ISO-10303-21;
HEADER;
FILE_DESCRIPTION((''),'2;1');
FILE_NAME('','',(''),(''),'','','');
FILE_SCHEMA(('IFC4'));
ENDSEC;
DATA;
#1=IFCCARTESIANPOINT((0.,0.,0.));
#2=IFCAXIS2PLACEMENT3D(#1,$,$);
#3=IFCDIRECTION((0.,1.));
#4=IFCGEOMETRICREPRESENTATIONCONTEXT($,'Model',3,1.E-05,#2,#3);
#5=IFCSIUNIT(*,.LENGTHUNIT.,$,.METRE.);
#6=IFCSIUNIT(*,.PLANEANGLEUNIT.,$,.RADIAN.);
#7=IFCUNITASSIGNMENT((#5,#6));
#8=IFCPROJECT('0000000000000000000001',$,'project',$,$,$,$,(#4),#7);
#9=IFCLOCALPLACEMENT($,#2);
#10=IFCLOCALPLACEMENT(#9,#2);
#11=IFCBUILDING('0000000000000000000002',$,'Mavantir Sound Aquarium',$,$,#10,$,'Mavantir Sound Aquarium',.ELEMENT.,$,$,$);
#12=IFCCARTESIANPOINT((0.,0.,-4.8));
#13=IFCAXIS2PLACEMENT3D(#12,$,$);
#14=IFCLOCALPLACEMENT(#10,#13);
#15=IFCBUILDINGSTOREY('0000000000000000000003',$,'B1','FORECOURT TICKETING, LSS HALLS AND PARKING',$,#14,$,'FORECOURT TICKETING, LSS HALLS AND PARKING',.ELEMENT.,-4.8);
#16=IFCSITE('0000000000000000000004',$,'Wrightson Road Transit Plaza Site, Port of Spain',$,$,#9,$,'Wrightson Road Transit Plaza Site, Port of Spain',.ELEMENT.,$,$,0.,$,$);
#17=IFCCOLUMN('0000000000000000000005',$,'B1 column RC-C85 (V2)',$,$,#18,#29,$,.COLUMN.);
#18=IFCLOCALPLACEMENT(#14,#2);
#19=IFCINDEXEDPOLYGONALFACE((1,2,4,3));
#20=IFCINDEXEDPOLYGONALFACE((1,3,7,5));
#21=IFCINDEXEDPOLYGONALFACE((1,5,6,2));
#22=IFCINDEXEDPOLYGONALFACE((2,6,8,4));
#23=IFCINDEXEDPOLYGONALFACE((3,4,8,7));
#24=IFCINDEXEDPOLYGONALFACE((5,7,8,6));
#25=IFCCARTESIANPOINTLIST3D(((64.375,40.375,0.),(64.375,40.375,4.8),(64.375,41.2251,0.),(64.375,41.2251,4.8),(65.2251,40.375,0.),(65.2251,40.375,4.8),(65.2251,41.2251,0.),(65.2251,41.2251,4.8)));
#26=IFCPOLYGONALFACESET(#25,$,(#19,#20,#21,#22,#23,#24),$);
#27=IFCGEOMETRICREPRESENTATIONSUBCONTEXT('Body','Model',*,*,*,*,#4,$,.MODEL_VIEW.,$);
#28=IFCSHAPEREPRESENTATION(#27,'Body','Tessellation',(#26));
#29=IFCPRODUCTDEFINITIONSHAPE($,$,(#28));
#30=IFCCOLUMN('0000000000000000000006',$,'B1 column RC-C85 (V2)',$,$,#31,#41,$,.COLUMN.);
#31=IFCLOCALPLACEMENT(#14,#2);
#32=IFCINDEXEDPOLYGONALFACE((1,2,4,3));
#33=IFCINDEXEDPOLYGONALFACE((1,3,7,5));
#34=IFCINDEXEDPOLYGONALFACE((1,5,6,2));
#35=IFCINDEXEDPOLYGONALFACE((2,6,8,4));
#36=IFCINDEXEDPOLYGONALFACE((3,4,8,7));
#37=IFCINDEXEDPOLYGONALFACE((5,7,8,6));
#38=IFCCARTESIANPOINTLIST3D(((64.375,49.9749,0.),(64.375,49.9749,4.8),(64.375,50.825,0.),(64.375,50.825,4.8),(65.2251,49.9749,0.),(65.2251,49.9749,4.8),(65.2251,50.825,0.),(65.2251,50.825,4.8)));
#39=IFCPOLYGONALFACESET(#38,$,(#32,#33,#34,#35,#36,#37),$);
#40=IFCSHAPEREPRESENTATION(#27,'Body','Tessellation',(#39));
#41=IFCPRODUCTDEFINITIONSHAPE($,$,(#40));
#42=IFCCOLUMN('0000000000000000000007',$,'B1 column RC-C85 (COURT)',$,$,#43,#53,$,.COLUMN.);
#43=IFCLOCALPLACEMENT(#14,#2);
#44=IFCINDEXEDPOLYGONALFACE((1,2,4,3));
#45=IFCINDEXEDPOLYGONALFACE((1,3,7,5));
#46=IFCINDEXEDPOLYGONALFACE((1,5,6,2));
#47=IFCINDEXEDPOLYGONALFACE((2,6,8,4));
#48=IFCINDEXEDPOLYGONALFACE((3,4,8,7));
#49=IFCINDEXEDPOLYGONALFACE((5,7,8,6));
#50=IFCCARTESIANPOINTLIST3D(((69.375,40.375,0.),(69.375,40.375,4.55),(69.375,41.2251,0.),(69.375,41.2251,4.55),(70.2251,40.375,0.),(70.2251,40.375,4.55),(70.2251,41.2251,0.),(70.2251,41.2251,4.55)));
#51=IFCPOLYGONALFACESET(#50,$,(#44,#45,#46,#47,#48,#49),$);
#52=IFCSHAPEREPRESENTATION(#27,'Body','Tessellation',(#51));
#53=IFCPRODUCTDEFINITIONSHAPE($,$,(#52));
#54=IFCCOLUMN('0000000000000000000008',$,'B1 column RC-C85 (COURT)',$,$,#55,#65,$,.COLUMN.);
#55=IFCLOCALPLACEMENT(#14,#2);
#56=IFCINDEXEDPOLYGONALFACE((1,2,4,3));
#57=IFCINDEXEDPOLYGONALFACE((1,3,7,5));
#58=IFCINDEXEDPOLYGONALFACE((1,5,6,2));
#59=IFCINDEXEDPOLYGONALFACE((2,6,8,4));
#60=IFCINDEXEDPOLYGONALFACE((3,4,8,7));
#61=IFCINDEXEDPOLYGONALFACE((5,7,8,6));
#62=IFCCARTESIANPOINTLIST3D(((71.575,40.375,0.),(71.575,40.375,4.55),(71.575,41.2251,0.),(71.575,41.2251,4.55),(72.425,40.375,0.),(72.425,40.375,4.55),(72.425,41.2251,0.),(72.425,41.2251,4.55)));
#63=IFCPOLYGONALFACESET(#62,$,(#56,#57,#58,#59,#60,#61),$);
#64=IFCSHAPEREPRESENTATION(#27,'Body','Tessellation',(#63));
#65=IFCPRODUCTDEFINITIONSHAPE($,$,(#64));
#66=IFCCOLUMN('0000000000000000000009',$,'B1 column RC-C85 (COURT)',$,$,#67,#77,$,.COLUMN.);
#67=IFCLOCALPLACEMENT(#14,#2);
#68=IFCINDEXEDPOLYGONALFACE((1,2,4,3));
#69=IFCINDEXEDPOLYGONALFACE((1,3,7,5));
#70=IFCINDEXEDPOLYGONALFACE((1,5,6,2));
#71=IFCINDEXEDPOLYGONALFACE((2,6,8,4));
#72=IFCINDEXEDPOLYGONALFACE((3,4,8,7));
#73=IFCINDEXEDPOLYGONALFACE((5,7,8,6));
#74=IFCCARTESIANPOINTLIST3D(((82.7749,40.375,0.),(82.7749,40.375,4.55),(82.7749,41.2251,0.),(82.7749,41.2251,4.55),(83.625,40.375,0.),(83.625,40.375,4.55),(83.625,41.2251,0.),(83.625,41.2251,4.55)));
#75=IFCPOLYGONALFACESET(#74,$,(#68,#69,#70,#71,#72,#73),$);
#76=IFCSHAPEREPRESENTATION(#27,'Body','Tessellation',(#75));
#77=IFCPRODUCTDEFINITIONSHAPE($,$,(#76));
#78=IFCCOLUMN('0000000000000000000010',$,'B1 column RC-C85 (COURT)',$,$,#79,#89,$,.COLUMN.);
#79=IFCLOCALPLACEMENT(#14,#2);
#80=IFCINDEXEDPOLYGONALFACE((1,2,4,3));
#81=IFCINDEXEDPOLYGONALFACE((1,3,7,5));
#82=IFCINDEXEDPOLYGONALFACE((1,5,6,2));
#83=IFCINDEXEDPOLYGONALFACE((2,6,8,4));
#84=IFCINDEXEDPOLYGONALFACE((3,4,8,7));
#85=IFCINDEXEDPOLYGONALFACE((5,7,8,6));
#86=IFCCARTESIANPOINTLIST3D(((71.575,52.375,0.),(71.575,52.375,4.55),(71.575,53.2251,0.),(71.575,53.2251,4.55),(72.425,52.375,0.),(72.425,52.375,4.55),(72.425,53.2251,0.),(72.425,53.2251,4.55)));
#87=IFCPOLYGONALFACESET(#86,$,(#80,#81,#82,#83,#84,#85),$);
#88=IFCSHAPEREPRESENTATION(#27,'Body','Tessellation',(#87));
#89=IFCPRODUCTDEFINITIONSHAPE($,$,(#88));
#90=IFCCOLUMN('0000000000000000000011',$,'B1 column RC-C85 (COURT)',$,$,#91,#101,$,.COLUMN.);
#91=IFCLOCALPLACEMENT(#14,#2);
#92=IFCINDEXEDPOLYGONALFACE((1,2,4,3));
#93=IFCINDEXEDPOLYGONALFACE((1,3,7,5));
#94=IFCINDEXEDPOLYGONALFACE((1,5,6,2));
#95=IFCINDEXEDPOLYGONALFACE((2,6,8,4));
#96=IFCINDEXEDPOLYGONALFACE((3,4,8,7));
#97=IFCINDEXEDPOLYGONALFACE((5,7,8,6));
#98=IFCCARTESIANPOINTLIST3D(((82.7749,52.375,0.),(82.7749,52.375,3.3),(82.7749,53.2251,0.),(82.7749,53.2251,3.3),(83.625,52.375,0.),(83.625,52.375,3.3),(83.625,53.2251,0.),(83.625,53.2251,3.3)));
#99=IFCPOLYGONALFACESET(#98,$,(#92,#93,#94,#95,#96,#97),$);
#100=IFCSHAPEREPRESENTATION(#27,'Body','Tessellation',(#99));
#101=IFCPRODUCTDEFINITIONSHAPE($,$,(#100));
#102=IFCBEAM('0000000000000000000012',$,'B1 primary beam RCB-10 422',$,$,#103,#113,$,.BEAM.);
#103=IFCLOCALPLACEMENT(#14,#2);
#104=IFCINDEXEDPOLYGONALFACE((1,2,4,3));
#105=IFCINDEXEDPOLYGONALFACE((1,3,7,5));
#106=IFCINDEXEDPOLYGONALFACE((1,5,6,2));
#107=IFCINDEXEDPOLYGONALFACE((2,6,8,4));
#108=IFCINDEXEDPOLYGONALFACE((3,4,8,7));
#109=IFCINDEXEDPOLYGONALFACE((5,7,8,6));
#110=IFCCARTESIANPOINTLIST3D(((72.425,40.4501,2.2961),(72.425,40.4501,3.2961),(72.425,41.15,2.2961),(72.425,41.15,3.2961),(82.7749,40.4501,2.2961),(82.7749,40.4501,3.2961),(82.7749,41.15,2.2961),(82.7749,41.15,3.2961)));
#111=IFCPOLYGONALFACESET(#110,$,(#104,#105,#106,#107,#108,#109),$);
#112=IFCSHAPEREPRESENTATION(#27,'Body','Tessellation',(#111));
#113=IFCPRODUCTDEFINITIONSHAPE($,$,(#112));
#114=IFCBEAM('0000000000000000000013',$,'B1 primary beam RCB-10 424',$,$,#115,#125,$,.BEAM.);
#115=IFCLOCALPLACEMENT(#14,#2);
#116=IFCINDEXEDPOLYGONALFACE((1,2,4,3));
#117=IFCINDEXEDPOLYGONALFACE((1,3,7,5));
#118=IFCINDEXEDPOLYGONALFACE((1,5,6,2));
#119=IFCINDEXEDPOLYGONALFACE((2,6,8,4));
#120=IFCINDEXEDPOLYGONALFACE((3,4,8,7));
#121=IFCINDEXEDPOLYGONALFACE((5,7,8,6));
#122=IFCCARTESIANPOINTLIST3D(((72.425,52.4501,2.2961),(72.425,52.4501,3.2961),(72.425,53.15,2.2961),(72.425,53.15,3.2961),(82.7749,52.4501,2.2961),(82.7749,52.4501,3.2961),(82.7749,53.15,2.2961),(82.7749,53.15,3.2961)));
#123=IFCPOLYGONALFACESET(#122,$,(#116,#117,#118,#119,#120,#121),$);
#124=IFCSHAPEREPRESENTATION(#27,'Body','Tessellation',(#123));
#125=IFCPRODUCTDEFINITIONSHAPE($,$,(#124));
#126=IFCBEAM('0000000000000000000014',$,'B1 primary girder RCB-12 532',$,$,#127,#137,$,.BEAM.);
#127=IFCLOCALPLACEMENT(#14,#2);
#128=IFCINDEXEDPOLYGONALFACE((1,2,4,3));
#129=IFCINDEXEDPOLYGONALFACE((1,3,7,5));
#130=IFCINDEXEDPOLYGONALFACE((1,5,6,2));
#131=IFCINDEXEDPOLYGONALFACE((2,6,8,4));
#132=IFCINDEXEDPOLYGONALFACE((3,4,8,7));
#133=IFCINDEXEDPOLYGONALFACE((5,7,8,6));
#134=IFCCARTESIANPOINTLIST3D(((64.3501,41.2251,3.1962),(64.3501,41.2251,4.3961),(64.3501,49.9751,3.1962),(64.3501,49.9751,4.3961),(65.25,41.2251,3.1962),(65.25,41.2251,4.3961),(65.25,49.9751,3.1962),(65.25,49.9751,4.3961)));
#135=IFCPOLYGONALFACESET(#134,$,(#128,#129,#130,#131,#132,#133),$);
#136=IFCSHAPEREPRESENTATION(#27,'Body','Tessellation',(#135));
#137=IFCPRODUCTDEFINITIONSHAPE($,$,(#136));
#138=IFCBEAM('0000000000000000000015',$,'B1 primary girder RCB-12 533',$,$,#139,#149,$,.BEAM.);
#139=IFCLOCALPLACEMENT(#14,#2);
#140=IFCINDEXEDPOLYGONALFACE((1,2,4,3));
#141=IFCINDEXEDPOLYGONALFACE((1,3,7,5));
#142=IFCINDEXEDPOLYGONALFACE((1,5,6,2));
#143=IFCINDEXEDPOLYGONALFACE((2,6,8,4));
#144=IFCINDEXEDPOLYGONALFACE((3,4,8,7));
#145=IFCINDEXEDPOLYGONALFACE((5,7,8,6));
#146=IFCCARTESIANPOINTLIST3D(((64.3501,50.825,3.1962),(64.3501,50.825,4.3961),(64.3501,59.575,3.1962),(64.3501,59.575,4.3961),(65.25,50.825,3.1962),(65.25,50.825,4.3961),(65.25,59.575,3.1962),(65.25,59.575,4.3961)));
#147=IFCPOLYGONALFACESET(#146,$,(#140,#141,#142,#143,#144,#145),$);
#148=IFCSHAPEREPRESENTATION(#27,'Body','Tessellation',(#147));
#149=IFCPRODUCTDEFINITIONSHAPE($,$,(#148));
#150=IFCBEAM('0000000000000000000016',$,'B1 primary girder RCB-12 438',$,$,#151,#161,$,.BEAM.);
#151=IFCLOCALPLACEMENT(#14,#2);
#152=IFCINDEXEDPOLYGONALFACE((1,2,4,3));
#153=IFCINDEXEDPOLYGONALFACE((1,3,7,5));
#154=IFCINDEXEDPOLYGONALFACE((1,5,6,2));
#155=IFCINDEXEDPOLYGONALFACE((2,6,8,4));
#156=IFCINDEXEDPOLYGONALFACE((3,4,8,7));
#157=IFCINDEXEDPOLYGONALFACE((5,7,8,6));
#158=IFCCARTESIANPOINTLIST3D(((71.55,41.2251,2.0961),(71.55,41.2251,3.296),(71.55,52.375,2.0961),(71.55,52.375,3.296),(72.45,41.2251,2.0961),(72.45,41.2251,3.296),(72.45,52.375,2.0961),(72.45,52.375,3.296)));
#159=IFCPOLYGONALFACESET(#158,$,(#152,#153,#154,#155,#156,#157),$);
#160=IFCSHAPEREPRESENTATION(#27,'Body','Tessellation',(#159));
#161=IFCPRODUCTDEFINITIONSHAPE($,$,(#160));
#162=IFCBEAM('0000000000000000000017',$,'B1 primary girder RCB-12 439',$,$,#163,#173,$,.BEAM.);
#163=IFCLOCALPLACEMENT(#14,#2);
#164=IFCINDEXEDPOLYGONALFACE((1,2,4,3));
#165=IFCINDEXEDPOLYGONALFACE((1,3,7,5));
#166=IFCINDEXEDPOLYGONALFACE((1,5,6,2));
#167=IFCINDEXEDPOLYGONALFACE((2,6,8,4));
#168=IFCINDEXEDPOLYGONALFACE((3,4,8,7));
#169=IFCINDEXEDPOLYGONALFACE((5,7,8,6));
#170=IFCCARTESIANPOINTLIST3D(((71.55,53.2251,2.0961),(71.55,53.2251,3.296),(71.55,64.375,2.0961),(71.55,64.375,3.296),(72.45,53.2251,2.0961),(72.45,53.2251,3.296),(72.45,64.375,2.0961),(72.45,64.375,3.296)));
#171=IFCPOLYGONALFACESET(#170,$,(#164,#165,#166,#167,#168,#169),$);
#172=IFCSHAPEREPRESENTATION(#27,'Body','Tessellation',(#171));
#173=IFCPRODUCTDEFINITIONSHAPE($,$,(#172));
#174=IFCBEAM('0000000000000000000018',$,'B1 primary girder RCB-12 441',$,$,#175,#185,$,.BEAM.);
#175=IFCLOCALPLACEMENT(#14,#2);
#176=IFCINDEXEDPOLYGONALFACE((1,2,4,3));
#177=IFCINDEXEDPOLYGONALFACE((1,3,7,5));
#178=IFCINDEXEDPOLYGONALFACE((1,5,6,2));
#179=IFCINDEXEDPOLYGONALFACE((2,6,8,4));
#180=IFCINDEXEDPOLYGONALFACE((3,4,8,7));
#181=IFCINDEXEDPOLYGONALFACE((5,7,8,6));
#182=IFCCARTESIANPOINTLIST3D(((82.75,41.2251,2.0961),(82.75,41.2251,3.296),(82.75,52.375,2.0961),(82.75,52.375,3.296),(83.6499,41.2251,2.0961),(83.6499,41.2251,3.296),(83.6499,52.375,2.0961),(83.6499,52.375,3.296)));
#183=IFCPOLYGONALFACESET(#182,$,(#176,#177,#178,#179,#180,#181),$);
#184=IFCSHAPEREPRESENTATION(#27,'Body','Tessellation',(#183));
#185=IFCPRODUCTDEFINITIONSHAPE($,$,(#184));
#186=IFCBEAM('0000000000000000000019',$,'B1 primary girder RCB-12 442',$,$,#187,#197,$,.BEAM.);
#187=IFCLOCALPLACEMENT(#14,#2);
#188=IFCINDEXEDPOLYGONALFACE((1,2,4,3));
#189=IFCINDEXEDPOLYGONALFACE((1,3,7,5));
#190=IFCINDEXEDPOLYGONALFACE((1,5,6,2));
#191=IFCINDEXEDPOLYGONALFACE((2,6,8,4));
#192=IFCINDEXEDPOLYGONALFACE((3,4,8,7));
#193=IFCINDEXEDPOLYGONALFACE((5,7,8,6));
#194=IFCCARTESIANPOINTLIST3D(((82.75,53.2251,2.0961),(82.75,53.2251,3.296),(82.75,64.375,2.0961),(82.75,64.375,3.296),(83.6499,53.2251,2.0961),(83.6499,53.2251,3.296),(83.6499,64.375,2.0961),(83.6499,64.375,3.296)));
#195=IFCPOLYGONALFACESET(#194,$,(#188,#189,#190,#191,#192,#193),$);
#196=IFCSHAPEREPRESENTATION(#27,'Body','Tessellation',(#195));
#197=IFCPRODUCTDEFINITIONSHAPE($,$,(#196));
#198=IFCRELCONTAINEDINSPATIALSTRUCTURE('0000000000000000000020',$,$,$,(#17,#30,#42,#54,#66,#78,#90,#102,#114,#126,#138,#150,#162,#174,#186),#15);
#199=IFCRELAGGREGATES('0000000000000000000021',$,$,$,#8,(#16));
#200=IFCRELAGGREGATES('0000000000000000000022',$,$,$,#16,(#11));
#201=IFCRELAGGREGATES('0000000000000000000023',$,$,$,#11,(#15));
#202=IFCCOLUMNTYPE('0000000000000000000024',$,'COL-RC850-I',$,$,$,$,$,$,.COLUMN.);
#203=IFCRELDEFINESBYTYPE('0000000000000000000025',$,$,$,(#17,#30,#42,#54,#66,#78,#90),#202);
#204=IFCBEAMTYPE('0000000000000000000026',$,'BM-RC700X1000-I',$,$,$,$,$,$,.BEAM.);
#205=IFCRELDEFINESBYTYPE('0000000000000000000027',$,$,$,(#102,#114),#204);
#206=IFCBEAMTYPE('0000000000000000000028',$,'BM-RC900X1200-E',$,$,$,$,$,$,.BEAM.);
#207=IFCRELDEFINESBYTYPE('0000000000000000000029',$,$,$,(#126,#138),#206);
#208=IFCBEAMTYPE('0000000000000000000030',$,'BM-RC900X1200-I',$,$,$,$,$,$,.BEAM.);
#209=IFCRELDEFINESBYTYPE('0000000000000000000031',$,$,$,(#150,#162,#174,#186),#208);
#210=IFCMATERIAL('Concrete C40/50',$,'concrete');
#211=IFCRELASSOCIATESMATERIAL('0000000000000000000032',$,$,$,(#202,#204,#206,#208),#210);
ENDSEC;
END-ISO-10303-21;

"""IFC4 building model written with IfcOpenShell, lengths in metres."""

from ifc_helpers import new_model, si_unit, direction, frame, origin, origin_2d, place, context, subcontext, project, spatial, rectangle, extrude, material, material_profile, profile_set, type_object, element, save


model = new_model("IFC4")

# Units and contexts
model_context = context("Model", 3, precision=1e-05, world=origin(), true_north=direction((0.0, 1.0)))
body_context = subcontext(model_context, "Body", "Model", "MODEL_VIEW")
ifc_project = project(units=[si_unit("LENGTHUNIT", "METRE"), si_unit("PLANEANGLEUNIT", "RADIAN")], contexts=[model_context])

# Site, building, storey
site_placement = place(None, origin())
site = spatial("IfcSite", under=ifc_project, at=site_placement, Name="Wrightson Road Transit Plaza Site, Port of Spain", LongName="Wrightson Road Transit Plaza Site, Port of Spain", CompositionType="ELEMENT", RefElevation=0.0)
building_placement = place(site_placement, origin())
building = spatial("IfcBuilding", under=site, at=building_placement, Name="Mavantir Sound Aquarium", LongName="Mavantir Sound Aquarium", CompositionType="ELEMENT")
storey_placement = place(building_placement, frame((0.0, 0.0, -4.8)))
storey = spatial("IfcBuildingStorey", under=building, at=storey_placement, Name="B1", Description="FORECOURT TICKETING, LSS HALLS AND PARKING", LongName="FORECOURT TICKETING, LSS HALLS AND PARKING", CompositionType="ELEMENT", Elevation=-4.8)

# Columns
ifc_material_1 = material(Name="Concrete C40/50", Category="concrete")
ifc_material_profile_1 = material_profile(ifc_material_1, rectangle(XDim=0.8501, YDim=0.8501, at=origin_2d()), Name="RC 850X850")
ifc_profile_set_1 = profile_set([ifc_material_profile_1], Name="Concrete C40/50")
column_type = type_object("IfcColumnType", Name="COL-RC850-I", PredefinedType="COLUMN", material=ifc_profile_set_1)
for number, where, z_axis, x_axis, name in (
    (1, (64.8, 40.8, 0.0), (0.0, 0.0, 1.0), (1.0, 0.0, 0.0), "B1 column RC-C85 (V2)"),
    (2, (64.8, 50.3999, 0.0), (0.0, 0.0, 1.0), (1.0, 0.0, 0.0), "B1 column RC-C85 (V2)"),
):
    element("IfcColumn", number, at=place(storey_placement, frame(where, z_axis=z_axis, x_axis=x_axis)), inside=storey, type_object=column_type, Name=name, PredefinedType="COLUMN", context=body_context, shape_type="SweptSolid", body=[
        extrude(rectangle(XDim=0.8501, YDim=0.8501, at=origin_2d()), origin(), (0.0, 0.0, 1.0), 4.8),
    ])
for number, where, z_axis, x_axis, name in (
    (3, (69.8, 40.8, 0.0), (0.0, 0.0, 1.0), (1.0, 0.0, 0.0), "B1 column RC-C85 (COURT)"),
    (4, (72.0, 40.8, 0.0), (0.0, 0.0, 1.0), (1.0, 0.0, 0.0), "B1 column RC-C85 (COURT)"),
    (5, (83.2, 40.8, 0.0), (0.0, 0.0, 1.0), (1.0, 0.0, 0.0), "B1 column RC-C85 (COURT)"),
    (6, (72.0, 52.8, 0.0), (0.0, 0.0, 1.0), (1.0, 0.0, 0.0), "B1 column RC-C85 (COURT)"),
):
    element("IfcColumn", number, at=place(storey_placement, frame(where, z_axis=z_axis, x_axis=x_axis)), inside=storey, type_object=column_type, Name=name, PredefinedType="COLUMN", context=body_context, shape_type="SweptSolid", body=[
        extrude(rectangle(XDim=0.8501, YDim=0.8501, at=origin_2d()), origin(), (0.0, 0.0, 1.0), 4.55),
    ])
column_placement = place(storey_placement, frame((83.2, 52.8, 0.0), z_axis=(0.0, 0.0, 1.0), x_axis=(1.0, 0.0, 0.0)))
element("IfcColumn", 7, at=column_placement, inside=storey, type_object=column_type, Name="B1 column RC-C85 (COURT)", PredefinedType="COLUMN", context=body_context, shape_type="SweptSolid", body=[
    extrude(rectangle(XDim=0.8501, YDim=0.8501, at=origin_2d()), origin(), (0.0, 0.0, 1.0), 3.3),
])

# Beams
ifc_material_profile_2 = material_profile(ifc_material_1, rectangle(XDim=0.7, YDim=1.0, at=origin_2d()), Name="RC 700X1000")
ifc_profile_set_2 = profile_set([ifc_material_profile_2], Name="Concrete C40/50")
beam_type_1 = type_object("IfcBeamType", Name="BM-RC700X1000-I", PredefinedType="BEAM", material=ifc_profile_set_2)
for number, where, z_axis, x_axis, name in (
    (8, (72.425, 40.8, 2.7961), (1.0, 0.0, 0.0), (0.0, 1.0, 0.0), "B1 primary beam RCB-10 422"),
    (9, (72.425, 52.8, 2.7961), (1.0, 0.0, 0.0), (0.0, 1.0, 0.0), "B1 primary beam RCB-10 424"),
):
    element("IfcBeam", number, at=place(storey_placement, frame(where, z_axis=z_axis, x_axis=x_axis)), inside=storey, type_object=beam_type_1, Name=name, PredefinedType="BEAM", context=body_context, shape_type="SweptSolid", body=[
        extrude(rectangle(XDim=0.7, YDim=1.0, at=origin_2d()), origin(), (0.0, 0.0, 1.0), 10.3499),
    ])
ifc_material_profile_3 = material_profile(ifc_material_1, rectangle(XDim=0.8999, YDim=1.2, at=origin_2d()), Name="RC 900X1200")
ifc_profile_set_3 = profile_set([ifc_material_profile_3], Name="Concrete C40/50")
beam_type_2 = type_object("IfcBeamType", Name="BM-RC900X1200-E", PredefinedType="BEAM", material=ifc_profile_set_3)
for number, where, z_axis, x_axis, name in (
    (10, (64.8, 41.2251, 3.7961), (0.0, 1.0, 0.0), (-1.0, 0.0, 0.0), "B1 primary girder RCB-12 532"),
    (11, (64.8, 50.825, 3.7961), (0.0, 1.0, 0.0), (-1.0, 0.0, 0.0), "B1 primary girder RCB-12 533"),
):
    element("IfcBeam", number, at=place(storey_placement, frame(where, z_axis=z_axis, x_axis=x_axis)), inside=storey, type_object=beam_type_2, Name=name, PredefinedType="BEAM", context=body_context, shape_type="SweptSolid", body=[
        extrude(rectangle(XDim=0.8999, YDim=1.2, at=origin_2d()), origin(), (0.0, 0.0, 1.0), 8.75),
    ])
ifc_material_profile_4 = material_profile(ifc_material_1, rectangle(XDim=0.8999, YDim=1.2, at=origin_2d()), Name="RC 900X1200")
ifc_profile_set_4 = profile_set([ifc_material_profile_4], Name="Concrete C40/50")
beam_type_3 = type_object("IfcBeamType", Name="BM-RC900X1200-I", PredefinedType="BEAM", material=ifc_profile_set_4)
for number, where, z_axis, x_axis, name in (
    (12, (72.0, 41.2251, 2.696), (0.0, 1.0, 0.0), (-1.0, 0.0, 0.0), "B1 primary girder RCB-12 438"),
    (13, (72.0, 53.2251, 2.696), (0.0, 1.0, 0.0), (-1.0, 0.0, 0.0), "B1 primary girder RCB-12 439"),
    (14, (83.2, 41.2251, 2.696), (0.0, 1.0, 0.0), (-1.0, 0.0, 0.0), "B1 primary girder RCB-12 441"),
    (15, (83.2, 53.2251, 2.696), (0.0, 1.0, 0.0), (-1.0, 0.0, 0.0), "B1 primary girder RCB-12 442"),
):
    element("IfcBeam", number, at=place(storey_placement, frame(where, z_axis=z_axis, x_axis=x_axis)), inside=storey, type_object=beam_type_3, Name=name, PredefinedType="BEAM", context=body_context, shape_type="SweptSolid", body=[
        extrude(rectangle(XDim=0.8999, YDim=1.2, at=origin_2d()), origin(), (0.0, 0.0, 1.0), 11.1499),
    ])

save(model, "model.ifc")
